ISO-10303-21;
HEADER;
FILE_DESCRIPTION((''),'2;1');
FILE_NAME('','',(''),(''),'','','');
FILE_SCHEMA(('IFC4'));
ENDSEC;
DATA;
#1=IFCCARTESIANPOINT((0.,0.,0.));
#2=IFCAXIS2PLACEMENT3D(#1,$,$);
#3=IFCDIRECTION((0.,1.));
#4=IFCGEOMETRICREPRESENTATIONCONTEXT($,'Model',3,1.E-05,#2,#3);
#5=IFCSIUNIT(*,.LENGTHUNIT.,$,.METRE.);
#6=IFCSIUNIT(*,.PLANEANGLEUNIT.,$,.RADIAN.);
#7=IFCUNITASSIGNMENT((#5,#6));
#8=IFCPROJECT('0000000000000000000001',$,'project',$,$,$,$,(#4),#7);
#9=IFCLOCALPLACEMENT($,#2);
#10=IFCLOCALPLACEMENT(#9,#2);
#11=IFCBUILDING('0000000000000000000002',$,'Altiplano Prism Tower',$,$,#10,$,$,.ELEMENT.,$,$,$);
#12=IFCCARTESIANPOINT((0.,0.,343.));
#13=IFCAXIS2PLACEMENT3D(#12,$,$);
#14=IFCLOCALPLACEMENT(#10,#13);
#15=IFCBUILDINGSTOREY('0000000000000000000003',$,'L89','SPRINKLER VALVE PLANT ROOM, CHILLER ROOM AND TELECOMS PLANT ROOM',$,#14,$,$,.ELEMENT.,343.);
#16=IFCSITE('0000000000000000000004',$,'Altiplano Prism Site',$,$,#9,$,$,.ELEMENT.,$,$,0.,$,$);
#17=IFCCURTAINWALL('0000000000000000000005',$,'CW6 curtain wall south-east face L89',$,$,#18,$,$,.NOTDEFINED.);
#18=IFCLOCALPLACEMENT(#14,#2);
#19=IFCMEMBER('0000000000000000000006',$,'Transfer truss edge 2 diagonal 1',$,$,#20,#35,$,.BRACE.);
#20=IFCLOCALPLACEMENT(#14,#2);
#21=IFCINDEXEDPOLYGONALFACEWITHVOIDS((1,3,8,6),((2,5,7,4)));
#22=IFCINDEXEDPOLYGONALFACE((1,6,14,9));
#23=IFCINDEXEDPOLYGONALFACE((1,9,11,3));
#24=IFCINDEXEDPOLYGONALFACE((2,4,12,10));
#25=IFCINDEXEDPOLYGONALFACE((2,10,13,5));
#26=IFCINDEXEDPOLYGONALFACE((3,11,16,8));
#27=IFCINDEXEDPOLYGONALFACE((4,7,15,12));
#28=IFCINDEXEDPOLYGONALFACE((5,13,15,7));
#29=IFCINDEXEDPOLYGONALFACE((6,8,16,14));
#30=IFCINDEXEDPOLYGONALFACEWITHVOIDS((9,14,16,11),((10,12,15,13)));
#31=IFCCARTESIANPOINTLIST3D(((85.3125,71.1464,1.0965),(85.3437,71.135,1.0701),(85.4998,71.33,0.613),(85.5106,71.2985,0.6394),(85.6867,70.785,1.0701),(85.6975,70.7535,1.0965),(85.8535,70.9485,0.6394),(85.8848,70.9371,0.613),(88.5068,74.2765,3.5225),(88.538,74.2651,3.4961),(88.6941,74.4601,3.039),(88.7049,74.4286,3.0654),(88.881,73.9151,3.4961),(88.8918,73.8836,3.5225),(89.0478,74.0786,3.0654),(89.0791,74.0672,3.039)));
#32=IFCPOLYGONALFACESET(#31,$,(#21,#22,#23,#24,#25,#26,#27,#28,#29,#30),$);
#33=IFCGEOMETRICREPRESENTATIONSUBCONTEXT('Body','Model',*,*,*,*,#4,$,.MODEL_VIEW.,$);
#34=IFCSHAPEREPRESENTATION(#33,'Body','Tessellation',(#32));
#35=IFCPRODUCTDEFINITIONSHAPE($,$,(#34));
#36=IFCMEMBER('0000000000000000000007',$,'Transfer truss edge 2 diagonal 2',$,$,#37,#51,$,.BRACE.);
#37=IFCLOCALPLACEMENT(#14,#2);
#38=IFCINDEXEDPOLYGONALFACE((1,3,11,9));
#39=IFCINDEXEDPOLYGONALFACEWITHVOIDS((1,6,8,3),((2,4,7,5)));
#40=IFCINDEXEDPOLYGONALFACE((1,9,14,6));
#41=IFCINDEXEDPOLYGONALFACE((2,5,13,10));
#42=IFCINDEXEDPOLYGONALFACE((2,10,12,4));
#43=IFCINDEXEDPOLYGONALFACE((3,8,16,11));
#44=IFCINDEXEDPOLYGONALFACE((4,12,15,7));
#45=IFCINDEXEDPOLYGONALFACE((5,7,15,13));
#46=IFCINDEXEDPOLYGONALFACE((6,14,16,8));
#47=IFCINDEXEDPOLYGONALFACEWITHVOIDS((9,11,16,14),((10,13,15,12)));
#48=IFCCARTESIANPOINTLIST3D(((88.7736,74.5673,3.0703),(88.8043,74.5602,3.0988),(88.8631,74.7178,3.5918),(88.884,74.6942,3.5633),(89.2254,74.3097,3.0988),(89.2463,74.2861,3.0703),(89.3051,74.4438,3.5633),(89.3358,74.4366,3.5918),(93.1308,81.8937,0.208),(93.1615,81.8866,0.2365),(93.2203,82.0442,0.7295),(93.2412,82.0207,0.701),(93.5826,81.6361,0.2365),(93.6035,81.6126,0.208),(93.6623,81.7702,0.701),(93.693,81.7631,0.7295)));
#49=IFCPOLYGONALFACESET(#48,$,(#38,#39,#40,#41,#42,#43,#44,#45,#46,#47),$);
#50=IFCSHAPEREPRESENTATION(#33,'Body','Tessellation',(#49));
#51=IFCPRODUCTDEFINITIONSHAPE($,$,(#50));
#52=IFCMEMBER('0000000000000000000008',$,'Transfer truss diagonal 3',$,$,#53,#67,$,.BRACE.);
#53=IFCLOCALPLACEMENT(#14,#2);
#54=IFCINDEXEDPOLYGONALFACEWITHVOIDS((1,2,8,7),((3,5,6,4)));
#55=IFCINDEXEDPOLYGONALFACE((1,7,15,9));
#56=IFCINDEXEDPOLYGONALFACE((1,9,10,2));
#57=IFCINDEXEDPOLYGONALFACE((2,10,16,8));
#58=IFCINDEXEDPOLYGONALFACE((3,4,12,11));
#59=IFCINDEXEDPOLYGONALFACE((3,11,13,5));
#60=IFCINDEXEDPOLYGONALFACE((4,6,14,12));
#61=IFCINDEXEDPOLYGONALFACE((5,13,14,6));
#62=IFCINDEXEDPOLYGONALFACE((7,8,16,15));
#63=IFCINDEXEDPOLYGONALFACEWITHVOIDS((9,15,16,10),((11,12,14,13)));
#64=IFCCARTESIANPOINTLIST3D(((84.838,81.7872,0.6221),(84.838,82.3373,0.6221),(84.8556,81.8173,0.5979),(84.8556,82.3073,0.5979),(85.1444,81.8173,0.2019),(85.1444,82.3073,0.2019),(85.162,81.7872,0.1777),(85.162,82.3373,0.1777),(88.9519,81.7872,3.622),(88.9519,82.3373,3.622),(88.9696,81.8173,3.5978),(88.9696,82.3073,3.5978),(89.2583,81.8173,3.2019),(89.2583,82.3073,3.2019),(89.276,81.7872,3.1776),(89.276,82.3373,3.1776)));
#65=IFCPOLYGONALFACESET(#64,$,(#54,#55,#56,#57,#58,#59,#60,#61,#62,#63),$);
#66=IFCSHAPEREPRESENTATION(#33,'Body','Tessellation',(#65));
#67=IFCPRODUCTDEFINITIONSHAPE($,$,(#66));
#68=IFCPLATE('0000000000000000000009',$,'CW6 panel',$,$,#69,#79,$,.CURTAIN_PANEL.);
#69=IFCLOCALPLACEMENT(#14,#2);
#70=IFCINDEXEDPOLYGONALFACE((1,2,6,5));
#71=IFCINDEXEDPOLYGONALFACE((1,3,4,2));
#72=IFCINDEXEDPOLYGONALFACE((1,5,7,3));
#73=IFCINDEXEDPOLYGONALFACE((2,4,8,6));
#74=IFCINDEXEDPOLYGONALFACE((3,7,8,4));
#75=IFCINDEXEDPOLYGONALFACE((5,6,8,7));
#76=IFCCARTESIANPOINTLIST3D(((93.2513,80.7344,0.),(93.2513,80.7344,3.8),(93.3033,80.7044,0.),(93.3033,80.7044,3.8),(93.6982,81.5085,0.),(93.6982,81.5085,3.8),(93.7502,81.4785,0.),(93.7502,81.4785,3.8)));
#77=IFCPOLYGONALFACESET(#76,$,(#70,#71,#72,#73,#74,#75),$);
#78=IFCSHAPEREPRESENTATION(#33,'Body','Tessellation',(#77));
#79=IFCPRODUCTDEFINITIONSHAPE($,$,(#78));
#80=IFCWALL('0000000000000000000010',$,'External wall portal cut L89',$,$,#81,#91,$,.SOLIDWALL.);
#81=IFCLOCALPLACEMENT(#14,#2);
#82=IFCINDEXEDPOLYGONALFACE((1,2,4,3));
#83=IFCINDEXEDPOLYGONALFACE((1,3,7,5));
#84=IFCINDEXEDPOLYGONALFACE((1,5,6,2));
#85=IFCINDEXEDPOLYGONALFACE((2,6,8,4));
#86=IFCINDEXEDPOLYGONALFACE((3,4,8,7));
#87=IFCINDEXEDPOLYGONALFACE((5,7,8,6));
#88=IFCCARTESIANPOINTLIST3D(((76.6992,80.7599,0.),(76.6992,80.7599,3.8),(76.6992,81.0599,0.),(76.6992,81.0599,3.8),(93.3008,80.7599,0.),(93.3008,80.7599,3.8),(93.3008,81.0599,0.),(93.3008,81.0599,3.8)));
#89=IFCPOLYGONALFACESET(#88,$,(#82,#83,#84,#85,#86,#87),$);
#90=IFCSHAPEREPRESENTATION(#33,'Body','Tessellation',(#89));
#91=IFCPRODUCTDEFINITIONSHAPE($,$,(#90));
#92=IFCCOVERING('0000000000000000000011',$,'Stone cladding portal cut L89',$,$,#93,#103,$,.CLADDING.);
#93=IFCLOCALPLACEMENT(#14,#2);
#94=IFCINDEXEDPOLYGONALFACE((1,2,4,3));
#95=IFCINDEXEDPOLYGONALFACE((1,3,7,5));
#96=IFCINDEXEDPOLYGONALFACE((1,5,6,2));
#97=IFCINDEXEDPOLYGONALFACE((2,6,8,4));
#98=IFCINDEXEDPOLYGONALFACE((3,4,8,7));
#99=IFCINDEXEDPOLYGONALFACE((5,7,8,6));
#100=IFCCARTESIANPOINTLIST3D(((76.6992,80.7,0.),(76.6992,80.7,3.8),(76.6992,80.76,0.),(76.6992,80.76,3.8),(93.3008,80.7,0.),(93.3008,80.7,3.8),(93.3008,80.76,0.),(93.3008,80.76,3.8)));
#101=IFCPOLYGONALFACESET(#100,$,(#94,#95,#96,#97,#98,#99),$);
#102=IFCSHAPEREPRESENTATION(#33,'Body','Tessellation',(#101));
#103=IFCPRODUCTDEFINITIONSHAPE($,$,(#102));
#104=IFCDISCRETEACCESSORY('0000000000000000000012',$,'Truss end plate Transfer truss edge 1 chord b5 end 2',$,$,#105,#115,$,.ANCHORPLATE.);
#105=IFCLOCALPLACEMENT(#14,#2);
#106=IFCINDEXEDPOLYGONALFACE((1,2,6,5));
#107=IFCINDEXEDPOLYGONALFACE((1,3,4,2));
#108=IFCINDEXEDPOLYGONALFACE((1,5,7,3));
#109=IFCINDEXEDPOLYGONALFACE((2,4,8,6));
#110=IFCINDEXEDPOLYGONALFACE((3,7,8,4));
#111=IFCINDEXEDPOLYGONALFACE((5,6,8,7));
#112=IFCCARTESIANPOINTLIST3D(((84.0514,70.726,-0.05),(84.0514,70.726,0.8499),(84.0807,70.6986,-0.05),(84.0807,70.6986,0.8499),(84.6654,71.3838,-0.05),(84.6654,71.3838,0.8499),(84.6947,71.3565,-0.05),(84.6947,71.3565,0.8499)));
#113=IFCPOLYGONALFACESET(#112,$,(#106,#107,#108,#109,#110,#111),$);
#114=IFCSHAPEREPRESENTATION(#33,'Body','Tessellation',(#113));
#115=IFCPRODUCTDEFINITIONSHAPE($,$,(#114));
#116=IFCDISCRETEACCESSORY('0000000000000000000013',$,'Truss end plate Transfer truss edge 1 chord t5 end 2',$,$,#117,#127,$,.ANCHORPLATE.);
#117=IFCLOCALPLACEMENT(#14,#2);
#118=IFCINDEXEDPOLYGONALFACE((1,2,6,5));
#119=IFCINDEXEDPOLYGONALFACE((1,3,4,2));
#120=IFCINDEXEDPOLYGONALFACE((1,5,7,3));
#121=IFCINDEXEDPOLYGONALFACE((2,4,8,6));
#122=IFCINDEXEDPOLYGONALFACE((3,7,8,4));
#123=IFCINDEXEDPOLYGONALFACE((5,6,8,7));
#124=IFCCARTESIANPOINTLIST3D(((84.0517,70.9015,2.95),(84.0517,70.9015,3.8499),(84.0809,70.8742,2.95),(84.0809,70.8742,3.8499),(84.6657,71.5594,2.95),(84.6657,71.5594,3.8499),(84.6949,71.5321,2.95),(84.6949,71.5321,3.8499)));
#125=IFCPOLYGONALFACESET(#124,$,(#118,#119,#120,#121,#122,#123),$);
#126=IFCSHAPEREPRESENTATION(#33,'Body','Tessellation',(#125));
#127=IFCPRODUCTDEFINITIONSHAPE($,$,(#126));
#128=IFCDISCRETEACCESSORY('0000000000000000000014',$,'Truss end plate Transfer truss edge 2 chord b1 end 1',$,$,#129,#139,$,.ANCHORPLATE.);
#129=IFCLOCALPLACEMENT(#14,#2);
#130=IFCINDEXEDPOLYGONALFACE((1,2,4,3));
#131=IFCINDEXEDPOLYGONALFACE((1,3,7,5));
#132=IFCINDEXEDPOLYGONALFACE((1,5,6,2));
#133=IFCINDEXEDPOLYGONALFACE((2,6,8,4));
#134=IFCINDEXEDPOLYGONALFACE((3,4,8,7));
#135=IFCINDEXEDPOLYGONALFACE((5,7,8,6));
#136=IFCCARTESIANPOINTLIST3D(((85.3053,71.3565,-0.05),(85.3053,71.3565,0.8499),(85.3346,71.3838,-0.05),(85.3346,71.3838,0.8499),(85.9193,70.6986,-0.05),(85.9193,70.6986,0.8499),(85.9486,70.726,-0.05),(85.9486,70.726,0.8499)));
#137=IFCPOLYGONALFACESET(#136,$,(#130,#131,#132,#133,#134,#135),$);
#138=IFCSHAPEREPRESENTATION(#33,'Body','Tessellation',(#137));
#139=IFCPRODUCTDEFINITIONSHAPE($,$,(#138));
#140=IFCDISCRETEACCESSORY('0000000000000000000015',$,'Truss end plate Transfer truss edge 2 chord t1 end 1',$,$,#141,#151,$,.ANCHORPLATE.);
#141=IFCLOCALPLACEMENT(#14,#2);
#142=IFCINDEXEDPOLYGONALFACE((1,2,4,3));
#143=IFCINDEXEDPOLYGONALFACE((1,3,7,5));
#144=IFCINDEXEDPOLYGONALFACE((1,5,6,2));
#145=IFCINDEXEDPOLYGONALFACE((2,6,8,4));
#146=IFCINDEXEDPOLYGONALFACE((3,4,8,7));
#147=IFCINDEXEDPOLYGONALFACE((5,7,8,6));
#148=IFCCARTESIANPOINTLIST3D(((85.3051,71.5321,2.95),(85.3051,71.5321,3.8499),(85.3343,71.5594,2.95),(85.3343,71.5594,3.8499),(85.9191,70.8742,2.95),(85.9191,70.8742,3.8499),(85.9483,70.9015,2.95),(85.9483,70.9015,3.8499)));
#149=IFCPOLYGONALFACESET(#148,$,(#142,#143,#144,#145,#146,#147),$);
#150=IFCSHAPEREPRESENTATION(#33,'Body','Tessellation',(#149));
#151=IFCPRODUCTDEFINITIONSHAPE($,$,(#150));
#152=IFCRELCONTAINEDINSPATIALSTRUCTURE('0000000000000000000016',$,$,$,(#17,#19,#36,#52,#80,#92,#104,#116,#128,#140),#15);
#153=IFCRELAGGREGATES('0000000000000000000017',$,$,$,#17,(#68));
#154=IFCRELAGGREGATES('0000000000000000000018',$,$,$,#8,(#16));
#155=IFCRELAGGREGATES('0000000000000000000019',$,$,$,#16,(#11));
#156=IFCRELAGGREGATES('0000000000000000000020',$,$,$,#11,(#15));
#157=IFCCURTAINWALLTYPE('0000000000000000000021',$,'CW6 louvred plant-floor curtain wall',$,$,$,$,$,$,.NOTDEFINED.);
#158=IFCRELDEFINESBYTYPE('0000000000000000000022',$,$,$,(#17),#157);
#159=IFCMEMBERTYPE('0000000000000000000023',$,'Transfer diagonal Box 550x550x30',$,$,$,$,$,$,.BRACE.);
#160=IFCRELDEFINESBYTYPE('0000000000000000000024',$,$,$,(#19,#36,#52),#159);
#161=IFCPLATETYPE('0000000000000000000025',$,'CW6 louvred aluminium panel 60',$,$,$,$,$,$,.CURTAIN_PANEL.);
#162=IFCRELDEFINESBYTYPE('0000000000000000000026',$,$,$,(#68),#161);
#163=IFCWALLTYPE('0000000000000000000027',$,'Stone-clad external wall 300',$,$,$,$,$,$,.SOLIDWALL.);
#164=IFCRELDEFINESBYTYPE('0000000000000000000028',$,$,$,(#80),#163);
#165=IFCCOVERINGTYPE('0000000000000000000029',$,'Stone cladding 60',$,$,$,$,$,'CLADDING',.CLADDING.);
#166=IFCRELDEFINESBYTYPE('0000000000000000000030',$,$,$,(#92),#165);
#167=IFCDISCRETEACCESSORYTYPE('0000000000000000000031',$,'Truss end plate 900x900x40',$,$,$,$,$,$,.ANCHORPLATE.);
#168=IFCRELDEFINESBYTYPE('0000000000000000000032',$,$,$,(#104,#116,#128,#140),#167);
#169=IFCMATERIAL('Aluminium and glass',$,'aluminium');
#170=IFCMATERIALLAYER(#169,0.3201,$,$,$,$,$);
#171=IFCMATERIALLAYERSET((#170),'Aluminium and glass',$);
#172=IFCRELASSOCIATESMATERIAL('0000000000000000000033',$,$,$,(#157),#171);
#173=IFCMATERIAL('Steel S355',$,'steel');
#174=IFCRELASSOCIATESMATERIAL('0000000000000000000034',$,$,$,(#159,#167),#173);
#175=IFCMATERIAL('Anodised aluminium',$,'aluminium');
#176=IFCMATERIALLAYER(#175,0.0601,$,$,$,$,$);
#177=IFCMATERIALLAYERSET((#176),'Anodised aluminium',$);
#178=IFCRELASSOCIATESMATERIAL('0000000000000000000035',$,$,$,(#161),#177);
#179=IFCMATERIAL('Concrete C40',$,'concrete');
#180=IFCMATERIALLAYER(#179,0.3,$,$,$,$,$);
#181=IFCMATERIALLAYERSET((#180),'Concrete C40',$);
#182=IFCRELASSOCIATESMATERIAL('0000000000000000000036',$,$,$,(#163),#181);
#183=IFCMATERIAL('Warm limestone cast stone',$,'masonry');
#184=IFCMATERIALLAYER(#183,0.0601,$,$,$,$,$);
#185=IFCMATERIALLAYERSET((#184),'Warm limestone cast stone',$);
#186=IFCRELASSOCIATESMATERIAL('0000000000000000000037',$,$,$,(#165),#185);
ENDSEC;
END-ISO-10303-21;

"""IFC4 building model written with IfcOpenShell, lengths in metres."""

from ifc_helpers import new_model, si_unit, direction, frame, frame_2d, origin, origin_2d, place, context, subcontext, project, spatial, rectangle, hollow_rectangle, extrude, material, layer, layer_set, material_profile, profile_set, type_object, element, aggregate, save


model = new_model("IFC4")

# Units and contexts
model_context = context("Model", 3, precision=1e-05, world=origin(), true_north=direction((0.0, 1.0)))
body_context = subcontext(model_context, "Body", "Model", "MODEL_VIEW")
ifc_project = project(units=[si_unit("LENGTHUNIT", "METRE"), si_unit("PLANEANGLEUNIT", "RADIAN")], contexts=[model_context])

# Site, building, storey
site_placement = place(None, origin())
site = spatial("IfcSite", under=ifc_project, at=site_placement, Name="Altiplano Prism Site", CompositionType="ELEMENT", RefElevation=0.0)
building_placement = place(site_placement, origin())
building = spatial("IfcBuilding", under=site, at=building_placement, Name="Altiplano Prism Tower", CompositionType="ELEMENT")
storey_placement = place(building_placement, frame((0.0, 0.0, 343.0)))
storey = spatial("IfcBuildingStorey", under=building, at=storey_placement, Name="L89", Description="SPRINKLER VALVE PLANT ROOM, CHILLER ROOM AND TELECOMS PLANT ROOM", CompositionType="ELEMENT", Elevation=343.0)

# Curtain wall
ifc_material_1 = material(Name="Aluminium and glass", Category="aluminium")
ifc_layer_1 = layer(ifc_material_1, 0.3201)
ifc_layer_set_1 = layer_set([ifc_layer_1], Name="Aluminium and glass")
curtain_wall_type = type_object("IfcCurtainWallType", Name="CW6 louvred plant-floor curtain wall", PredefinedType="NOTDEFINED", material=ifc_layer_set_1)
curtain_wall_placement = place(storey_placement, origin())
curtain_wall = element("IfcCurtainWall", 1, at=curtain_wall_placement, inside=storey, type_object=curtain_wall_type, Name="CW6 curtain wall south-east face L89", PredefinedType="NOTDEFINED")

# Members
ifc_material_2 = material(Name="Steel S355", Category="steel")
ifc_material_profile_1 = material_profile(ifc_material_2, hollow_rectangle(XDim=0.55, YDim=0.55, WallThickness=0.03, at=origin_2d()), Name="Transfer diagonal Box 550x550x30")
ifc_profile_set_1 = profile_set([ifc_material_profile_1], Name="Steel S355")
member_type_1 = type_object("IfcMemberType", Name="Transfer diagonal Box 550x550x30", PredefinedType="BRACE", material=ifc_profile_set_1)
member_1_placement = place(storey_placement, frame((85.5986, 71.0417, 0.8547), z_axis=(0.627826, 0.615206, 0.476819), x_axis=(-0.699892, 0.714249, 0.0)))
element("IfcMember", 2, at=member_1_placement, inside=storey, type_object=member_type_1, Name="Transfer truss edge 2 diagonal 1", PredefinedType="BRACE", context=body_context, shape_type="SweptSolid", body=[
    extrude(hollow_rectangle(XDim=0.55, YDim=0.55, WallThickness=0.03, at=origin_2d()), origin(), (0.0, 0.0, 1.0), 5.0879),
])
member_2_placement = place(storey_placement, frame((89.0547, 74.502, 3.3311), z_axis=(0.484567, 0.81478, -0.318321), x_axis=(-0.859488, 0.511156, 0.0)))
element("IfcMember", 3, at=member_2_placement, inside=storey, type_object=member_type_1, Name="Transfer truss edge 2 diagonal 2", PredefinedType="BRACE", context=body_context, shape_type="SweptSolid", body=[
    extrude(hollow_rectangle(XDim=0.55, YDim=0.55, WallThickness=0.03, at=origin_2d()), origin(), (0.0, 0.0, 1.0), 8.9919),
])
member_3_placement = place(storey_placement, frame((85.0, 82.0623, 0.3999), z_axis=(0.807989, 0.0, 0.589198), x_axis=(0.0, 1.0, 0.0)))
element("IfcMember", 4, at=member_3_placement, inside=storey, type_object=member_type_1, Name="Transfer truss diagonal 3", PredefinedType="BRACE", context=body_context, shape_type="SweptSolid", body=[
    extrude(hollow_rectangle(XDim=0.55, YDim=0.55, WallThickness=0.03, at=origin_2d()), origin(), (0.0, 0.0, 1.0), 5.0916),
])

# Plate
ifc_material_3 = material(Name="Anodised aluminium", Category="aluminium")
ifc_layer_2 = layer(ifc_material_3, 0.0601)
ifc_layer_set_2 = layer_set([ifc_layer_2], Name="Anodised aluminium")
plate_type = type_object("IfcPlateType", Name="CW6 louvred aluminium panel 60", PredefinedType="CURTAIN_PANEL", material=ifc_layer_set_2)
plate_placement = place(storey_placement, frame((93.5007, 81.1064, 0.0), z_axis=(0.0, 0.0, 1.0), x_axis=(0.5, 0.866025, 0.0)))
plate = element("IfcPlate", 5, at=plate_placement, type_object=plate_type, Name="CW6 panel", PredefinedType="CURTAIN_PANEL", context=body_context, shape_type="SweptSolid", body=[
    extrude(rectangle(XDim=0.8938, YDim=0.0601, at=origin_2d()), origin(), (0.0, 0.0, 1.0), 3.8),
])
aggregate(curtain_wall, [plate])

# Wall
ifc_material_4 = material(Name="Concrete C40", Category="concrete")
ifc_layer_3 = layer(ifc_material_4, 0.3)
ifc_layer_set_3 = layer_set([ifc_layer_3], Name="Concrete C40")
wall_type = type_object("IfcWallType", Name="Stone-clad external wall 300", PredefinedType="SOLIDWALL", material=ifc_layer_set_3)
wall_placement = place(storey_placement, frame((93.3008, 80.9099, 0.0), z_axis=(0.0, 0.0, 1.0), x_axis=(-1.0, 0.0, 0.0)))
element("IfcWall", 6, at=wall_placement, inside=storey, type_object=wall_type, Name="External wall portal cut L89", PredefinedType="SOLIDWALL", context=body_context, shape_type="SweptSolid", body=[
    extrude(rectangle(XDim=16.6016, YDim=0.3, at=frame_2d((8.3008, 0.0))), origin(), (0.0, 0.0, 1.0), 3.8),
])

# Covering
ifc_material_5 = material(Name="Warm limestone cast stone", Category="masonry")
ifc_layer_4 = layer(ifc_material_5, 0.0601)
ifc_layer_set_4 = layer_set([ifc_layer_4], Name="Warm limestone cast stone")
covering_type = type_object("IfcCoveringType", Name="Stone cladding 60", ElementType="CLADDING", PredefinedType="CLADDING", material=ifc_layer_set_4)
covering_placement = place(storey_placement, frame((93.3008, 80.73, 0.0), z_axis=(0.0, 0.0, 1.0), x_axis=(-1.0, 0.0, 0.0)))
element("IfcCovering", 7, at=covering_placement, inside=storey, type_object=covering_type, Name="Stone cladding portal cut L89", PredefinedType="CLADDING", context=body_context, shape_type="SweptSolid", body=[
    extrude(rectangle(XDim=16.6016, YDim=0.0601, at=frame_2d((8.3008, 0.0))), origin(), (0.0, 0.0, 1.0), 3.8),
])

# Discrete accessories
ifc_material_profile_2 = material_profile(ifc_material_2, rectangle(XDim=0.8999, YDim=0.8999, at=origin_2d()), Name="Truss end plate 900x900x40")
ifc_profile_set_2 = profile_set([ifc_material_profile_2], Name="Steel S355")
discrete_accessory_type = type_object("IfcDiscreteAccessoryType", Name="Truss end plate 900x900x40", PredefinedType="ANCHORPLATE", material=ifc_profile_set_2)
for number, where, z_axis, x_axis, name in (
    (8, (84.3877, 71.0276, 0.3999), (-0.731055, 0.682318, 0.0), (-0.682318, -0.731055, 0.0), "Truss end plate Transfer truss edge 1 chord b5 end 2"),
    (9, (84.3879, 71.2031, 3.3999), (-0.731055, 0.682318, 0.0), (-0.682318, -0.731055, 0.0), "Truss end plate Transfer truss edge 1 chord t5 end 2"),
    (10, (85.6123, 71.0276, 0.3999), (0.731055, 0.682318, 0.0), (-0.682318, 0.731055, 0.0), "Truss end plate Transfer truss edge 2 chord b1 end 1"),
    (11, (85.6121, 71.2031, 3.3999), (0.731055, 0.682318, 0.0), (-0.682318, 0.731055, 0.0), "Truss end plate Transfer truss edge 2 chord t1 end 1"),
):
    element("IfcDiscreteAccessory", number, at=place(storey_placement, frame(where, z_axis=z_axis, x_axis=x_axis)), inside=storey, type_object=discrete_accessory_type, Name=name, PredefinedType="ANCHORPLATE", context=body_context, shape_type="SweptSolid", body=[
        extrude(rectangle(XDim=0.8999, YDim=0.8999, at=origin_2d()), origin(), (0.0, 0.0, 1.0), 0.04),
    ])

save(model, "model.ifc")
